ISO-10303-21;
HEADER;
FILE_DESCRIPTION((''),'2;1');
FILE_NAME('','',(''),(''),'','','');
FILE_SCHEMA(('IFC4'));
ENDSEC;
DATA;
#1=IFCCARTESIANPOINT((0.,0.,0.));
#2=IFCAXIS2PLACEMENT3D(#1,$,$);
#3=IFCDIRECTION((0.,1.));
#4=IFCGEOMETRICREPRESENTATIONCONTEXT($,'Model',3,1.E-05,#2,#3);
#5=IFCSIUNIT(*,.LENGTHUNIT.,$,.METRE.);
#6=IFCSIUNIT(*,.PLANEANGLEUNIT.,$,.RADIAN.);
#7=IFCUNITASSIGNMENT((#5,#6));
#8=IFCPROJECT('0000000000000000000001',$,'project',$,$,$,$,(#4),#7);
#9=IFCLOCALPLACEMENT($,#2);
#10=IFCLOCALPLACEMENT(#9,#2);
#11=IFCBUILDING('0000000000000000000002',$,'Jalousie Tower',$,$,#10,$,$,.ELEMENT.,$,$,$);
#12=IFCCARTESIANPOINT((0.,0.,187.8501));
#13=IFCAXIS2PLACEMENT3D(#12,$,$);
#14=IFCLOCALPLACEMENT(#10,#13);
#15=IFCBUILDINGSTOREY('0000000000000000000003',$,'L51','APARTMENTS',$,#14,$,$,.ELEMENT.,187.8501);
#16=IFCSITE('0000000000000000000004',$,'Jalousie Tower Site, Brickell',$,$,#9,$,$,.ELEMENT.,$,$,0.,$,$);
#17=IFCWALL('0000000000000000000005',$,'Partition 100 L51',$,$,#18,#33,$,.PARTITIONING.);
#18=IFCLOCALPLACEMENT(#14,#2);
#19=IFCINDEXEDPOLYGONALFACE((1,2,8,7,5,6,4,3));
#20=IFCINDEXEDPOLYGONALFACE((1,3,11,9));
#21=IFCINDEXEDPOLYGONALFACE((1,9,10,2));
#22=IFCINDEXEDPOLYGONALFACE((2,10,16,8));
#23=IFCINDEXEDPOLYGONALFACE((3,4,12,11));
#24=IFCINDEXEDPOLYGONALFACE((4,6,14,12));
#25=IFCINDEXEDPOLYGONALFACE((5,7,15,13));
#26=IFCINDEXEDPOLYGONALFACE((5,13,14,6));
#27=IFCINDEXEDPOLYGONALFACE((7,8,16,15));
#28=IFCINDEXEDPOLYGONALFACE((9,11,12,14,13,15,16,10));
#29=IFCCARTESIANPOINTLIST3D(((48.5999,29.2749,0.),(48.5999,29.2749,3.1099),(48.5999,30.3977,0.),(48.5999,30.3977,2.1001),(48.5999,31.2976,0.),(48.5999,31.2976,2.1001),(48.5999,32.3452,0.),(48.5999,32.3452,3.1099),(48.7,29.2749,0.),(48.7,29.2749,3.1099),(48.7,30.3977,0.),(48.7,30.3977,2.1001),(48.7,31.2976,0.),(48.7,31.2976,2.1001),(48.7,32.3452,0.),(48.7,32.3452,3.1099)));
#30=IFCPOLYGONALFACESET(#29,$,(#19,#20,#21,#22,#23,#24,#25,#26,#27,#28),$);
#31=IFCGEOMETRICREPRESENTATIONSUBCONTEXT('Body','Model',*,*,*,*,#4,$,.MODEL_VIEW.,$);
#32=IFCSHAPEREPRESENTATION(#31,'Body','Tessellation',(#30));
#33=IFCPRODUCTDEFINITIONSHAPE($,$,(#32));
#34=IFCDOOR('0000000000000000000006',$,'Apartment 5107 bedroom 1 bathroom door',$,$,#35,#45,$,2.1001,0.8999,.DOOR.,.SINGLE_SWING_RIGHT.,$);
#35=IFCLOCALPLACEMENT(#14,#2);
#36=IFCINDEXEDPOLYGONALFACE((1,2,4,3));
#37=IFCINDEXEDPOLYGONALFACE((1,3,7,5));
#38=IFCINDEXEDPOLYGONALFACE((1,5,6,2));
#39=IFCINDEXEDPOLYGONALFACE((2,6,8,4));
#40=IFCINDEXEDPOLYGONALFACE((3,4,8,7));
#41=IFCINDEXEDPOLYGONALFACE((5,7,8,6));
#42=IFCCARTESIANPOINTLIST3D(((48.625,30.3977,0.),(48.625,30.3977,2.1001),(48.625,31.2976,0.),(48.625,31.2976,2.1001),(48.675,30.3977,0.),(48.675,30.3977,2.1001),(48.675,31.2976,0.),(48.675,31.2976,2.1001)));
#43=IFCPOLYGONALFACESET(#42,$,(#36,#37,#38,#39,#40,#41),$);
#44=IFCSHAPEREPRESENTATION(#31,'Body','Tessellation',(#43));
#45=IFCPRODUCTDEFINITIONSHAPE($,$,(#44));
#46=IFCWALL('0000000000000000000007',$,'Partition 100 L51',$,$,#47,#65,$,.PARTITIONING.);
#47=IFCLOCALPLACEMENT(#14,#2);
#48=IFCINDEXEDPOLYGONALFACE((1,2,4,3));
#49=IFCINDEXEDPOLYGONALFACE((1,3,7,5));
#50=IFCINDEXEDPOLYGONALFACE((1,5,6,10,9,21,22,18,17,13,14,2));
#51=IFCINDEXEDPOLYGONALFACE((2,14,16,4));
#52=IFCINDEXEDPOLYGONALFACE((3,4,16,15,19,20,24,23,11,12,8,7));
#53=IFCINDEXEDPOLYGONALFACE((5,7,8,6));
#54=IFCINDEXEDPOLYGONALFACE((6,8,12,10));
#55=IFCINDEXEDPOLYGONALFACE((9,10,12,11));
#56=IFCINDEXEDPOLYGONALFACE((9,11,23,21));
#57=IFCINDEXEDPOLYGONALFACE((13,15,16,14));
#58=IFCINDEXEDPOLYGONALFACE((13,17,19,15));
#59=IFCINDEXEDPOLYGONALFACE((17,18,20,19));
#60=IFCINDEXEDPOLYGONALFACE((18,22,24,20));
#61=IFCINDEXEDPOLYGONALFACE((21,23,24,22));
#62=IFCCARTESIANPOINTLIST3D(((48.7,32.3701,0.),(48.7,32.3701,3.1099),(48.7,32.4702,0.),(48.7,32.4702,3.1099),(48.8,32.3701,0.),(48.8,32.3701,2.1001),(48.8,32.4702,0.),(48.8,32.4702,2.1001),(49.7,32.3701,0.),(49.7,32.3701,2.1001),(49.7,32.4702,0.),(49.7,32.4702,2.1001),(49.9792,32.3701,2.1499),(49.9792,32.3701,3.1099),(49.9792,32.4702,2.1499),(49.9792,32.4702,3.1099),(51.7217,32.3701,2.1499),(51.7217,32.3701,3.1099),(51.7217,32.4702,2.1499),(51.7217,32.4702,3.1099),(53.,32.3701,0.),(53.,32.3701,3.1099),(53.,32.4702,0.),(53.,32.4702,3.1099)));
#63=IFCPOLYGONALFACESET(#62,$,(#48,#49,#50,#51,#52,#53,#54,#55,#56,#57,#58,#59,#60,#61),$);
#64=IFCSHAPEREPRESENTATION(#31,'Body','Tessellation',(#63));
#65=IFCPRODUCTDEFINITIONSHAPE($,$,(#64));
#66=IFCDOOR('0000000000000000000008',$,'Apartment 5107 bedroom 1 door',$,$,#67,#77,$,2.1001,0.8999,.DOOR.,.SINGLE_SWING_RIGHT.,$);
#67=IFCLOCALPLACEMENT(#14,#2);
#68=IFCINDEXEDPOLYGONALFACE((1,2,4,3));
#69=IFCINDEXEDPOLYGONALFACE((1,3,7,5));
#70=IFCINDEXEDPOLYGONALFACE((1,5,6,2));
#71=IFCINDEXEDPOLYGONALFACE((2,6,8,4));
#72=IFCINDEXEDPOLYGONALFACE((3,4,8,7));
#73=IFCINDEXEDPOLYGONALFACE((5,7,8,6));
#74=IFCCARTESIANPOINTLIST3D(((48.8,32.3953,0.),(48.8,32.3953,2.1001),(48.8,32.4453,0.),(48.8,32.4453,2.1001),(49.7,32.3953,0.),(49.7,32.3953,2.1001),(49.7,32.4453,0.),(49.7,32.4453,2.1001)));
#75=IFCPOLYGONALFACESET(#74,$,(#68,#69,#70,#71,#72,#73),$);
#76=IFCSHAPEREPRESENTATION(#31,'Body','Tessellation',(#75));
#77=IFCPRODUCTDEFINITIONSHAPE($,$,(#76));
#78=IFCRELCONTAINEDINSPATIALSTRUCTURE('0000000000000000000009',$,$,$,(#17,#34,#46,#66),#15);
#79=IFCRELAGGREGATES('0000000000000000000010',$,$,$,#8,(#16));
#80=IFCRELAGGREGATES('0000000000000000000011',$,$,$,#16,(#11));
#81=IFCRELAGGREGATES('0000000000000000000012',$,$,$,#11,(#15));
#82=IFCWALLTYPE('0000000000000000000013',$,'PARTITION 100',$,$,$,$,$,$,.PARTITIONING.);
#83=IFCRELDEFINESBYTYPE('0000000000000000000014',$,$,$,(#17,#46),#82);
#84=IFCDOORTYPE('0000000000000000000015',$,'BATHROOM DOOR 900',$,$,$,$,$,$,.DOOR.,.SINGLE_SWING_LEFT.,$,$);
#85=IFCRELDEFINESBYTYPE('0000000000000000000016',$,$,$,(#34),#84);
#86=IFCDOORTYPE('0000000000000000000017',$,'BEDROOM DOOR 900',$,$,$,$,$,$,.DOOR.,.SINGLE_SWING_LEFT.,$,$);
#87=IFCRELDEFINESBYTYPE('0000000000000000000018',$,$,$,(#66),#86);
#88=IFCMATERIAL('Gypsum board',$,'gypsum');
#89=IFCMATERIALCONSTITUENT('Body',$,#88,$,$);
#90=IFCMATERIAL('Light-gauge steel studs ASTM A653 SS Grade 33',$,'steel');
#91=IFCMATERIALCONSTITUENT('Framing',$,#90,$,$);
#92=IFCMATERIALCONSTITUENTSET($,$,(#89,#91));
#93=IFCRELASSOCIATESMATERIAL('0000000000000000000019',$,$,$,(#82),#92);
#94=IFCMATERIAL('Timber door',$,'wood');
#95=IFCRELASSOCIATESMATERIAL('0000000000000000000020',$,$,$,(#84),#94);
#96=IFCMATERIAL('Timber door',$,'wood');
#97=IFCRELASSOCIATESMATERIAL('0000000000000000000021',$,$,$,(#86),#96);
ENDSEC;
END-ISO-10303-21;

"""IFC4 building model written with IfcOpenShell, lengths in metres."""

from ifc_helpers import new_model, si_unit, direction, frame, frame_2d, origin, place, context, subcontext, project, spatial, polyline, rectangle, outline, extrude, material, constituent, constituent_set, type_object, element, fill, save


model = new_model("IFC4")

# Units and contexts
model_context = context("Model", 3, precision=1e-05, world=origin(), true_north=direction((0.0, 1.0)))
body_context = subcontext(model_context, "Body", "Model", "MODEL_VIEW")
ifc_project = project(units=[si_unit("LENGTHUNIT", "METRE"), si_unit("PLANEANGLEUNIT", "RADIAN")], contexts=[model_context])

# Site, building, storey
site_placement = place(None, origin())
site = spatial("IfcSite", under=ifc_project, at=site_placement, Name="Jalousie Tower Site, Brickell", CompositionType="ELEMENT", RefElevation=0.0)
building_placement = place(site_placement, origin())
building = spatial("IfcBuilding", under=site, at=building_placement, Name="Jalousie Tower", CompositionType="ELEMENT")
storey_placement = place(building_placement, frame((0.0, 0.0, 187.8501)))
storey = spatial("IfcBuildingStorey", under=building, at=storey_placement, Name="L51", Description="APARTMENTS", CompositionType="ELEMENT", Elevation=187.8501)

# Walls, openings, doors
ifc_material_1 = material(Name="Gypsum board", Category="gypsum")
ifc_constituent_1 = constituent(ifc_material_1, Name="Body")
ifc_material_2 = material(Name="Light-gauge steel studs ASTM A653 SS Grade 33", Category="steel")
ifc_constituent_2 = constituent(ifc_material_2, Name="Framing")
ifc_constituent_set_1 = constituent_set(constituents=[ifc_constituent_1, ifc_constituent_2])
wall_type_1 = type_object("IfcWallType", Name="PARTITION 100", PredefinedType="PARTITIONING", material=ifc_constituent_set_1)
wall_1_placement = place(storey_placement, frame((48.6499, 32.3452, 0.0), z_axis=(0.0, 0.0, 1.0), x_axis=(0.0, -1.0, 0.0)))
wall_1 = element("IfcWall", 1, at=wall_1_placement, inside=storey, type_object=wall_type_1, Name="Partition 100 L51", PredefinedType="PARTITIONING", context=body_context, shape_type="SweptSolid", body=[
    extrude(rectangle(XDim=3.0703, YDim=0.1001, at=frame_2d((1.5352, 0.0))), origin(), (0.0, 0.0, 1.0), 3.1099),
])
opening_1_placement = place(wall_1_placement, frame((1.0476, 0.0, 0.0)))
opening_1 = element("IfcOpeningElement", 2, at=opening_1_placement, cuts=wall_1, PredefinedType="OPENING", context=body_context, shape_type="SweptSolid", body=[
    extrude(rectangle(XDim=0.8999, YDim=2.1001, at=frame_2d((0.45, 1.05))), frame((0.0, 0.0601, 0.0), z_axis=(0.0, -1.0, 0.0), x_axis=(1.0, 0.0, 0.0)), (0.0, 0.0, 1.0), 0.1201),
])
ifc_material_3 = material(Name="Timber door", Category="wood")
door_type_1 = type_object("IfcDoorType", Name="BATHROOM DOOR 900", OperationType="SINGLE_SWING_LEFT", PredefinedType="DOOR", material=ifc_material_3)
door_1_placement = place(opening_1_placement, frame((0.8999, 0.0, 0.0), z_axis=(0.0, 0.0, 1.0), x_axis=(-1.0, 0.0, 0.0)))
door_1 = element("IfcDoor", 3, at=door_1_placement, inside=storey, type_object=door_type_1, Name="Apartment 5107 bedroom 1 bathroom door", OperationType="SINGLE_SWING_RIGHT", OverallHeight=2.1001, OverallWidth=0.8999, PredefinedType="DOOR", context=body_context, shape_type="SweptSolid", body=[
    extrude(rectangle(XDim=0.8999, YDim=2.1001, at=frame_2d((0.45, 1.05))), frame((0.0, 0.0249, 0.0), z_axis=(0.0, -1.0, 0.0), x_axis=(1.0, 0.0, 0.0)), (0.0, 0.0, 1.0), 0.05),
])
fill(opening_1, door_1)
wall_2_placement = place(storey_placement, frame((48.7, 32.4202, 0.0), z_axis=(0.0, 0.0, 1.0), x_axis=(1.0, 0.0, 0.0)))
wall_2 = element("IfcWall", 4, at=wall_2_placement, inside=storey, type_object=wall_type_1, Name="Partition 100 L51", PredefinedType="PARTITIONING", context=body_context, shape_type="SweptSolid", body=[
    extrude(outline(polyline([(0.0, 0.0), (4.3, 0.0), (4.3, 3.1099), (3.0217, 3.1099), (3.0217, 2.1499), (1.2793, 2.1499), (1.2793, 3.1099), (0.0, 3.1099), (0.0, 0.0)])), frame((0.0, 0.05, 0.0), z_axis=(0.0, -1.0, 0.0), x_axis=(1.0, 0.0, 0.0)), (0.0, 0.0, 1.0), 0.1001),
])
opening_2_placement = place(wall_2_placement, frame((0.1001, 0.0, 0.0)))
opening_2 = element("IfcOpeningElement", 5, at=opening_2_placement, cuts=wall_2, PredefinedType="OPENING", context=body_context, shape_type="SweptSolid", body=[
    extrude(rectangle(XDim=0.8999, YDim=2.1001, at=frame_2d((0.45, 1.05))), frame((0.0, 0.0601, 0.0), z_axis=(0.0, -1.0, 0.0), x_axis=(1.0, 0.0, 0.0)), (0.0, 0.0, 1.0), 0.1201),
])
ifc_material_4 = material(Name="Timber door", Category="wood")
door_type_2 = type_object("IfcDoorType", Name="BEDROOM DOOR 900", OperationType="SINGLE_SWING_LEFT", PredefinedType="DOOR", material=ifc_material_4)
door_2_placement = place(opening_2_placement, frame((0.8999, 0.0, 0.0), z_axis=(0.0, 0.0, 1.0), x_axis=(-1.0, 0.0, 0.0)))
door_2 = element("IfcDoor", 6, at=door_2_placement, inside=storey, type_object=door_type_2, Name="Apartment 5107 bedroom 1 door", OperationType="SINGLE_SWING_RIGHT", OverallHeight=2.1001, OverallWidth=0.8999, PredefinedType="DOOR", context=body_context, shape_type="SweptSolid", body=[
    extrude(rectangle(XDim=0.8999, YDim=2.1001, at=frame_2d((0.45, 1.05))), frame((0.0, 0.0249, 0.0), z_axis=(0.0, -1.0, 0.0), x_axis=(1.0, 0.0, 0.0)), (0.0, 0.0, 1.0), 0.05),
])
fill(opening_2, door_2)

save(model, "model.ifc")
